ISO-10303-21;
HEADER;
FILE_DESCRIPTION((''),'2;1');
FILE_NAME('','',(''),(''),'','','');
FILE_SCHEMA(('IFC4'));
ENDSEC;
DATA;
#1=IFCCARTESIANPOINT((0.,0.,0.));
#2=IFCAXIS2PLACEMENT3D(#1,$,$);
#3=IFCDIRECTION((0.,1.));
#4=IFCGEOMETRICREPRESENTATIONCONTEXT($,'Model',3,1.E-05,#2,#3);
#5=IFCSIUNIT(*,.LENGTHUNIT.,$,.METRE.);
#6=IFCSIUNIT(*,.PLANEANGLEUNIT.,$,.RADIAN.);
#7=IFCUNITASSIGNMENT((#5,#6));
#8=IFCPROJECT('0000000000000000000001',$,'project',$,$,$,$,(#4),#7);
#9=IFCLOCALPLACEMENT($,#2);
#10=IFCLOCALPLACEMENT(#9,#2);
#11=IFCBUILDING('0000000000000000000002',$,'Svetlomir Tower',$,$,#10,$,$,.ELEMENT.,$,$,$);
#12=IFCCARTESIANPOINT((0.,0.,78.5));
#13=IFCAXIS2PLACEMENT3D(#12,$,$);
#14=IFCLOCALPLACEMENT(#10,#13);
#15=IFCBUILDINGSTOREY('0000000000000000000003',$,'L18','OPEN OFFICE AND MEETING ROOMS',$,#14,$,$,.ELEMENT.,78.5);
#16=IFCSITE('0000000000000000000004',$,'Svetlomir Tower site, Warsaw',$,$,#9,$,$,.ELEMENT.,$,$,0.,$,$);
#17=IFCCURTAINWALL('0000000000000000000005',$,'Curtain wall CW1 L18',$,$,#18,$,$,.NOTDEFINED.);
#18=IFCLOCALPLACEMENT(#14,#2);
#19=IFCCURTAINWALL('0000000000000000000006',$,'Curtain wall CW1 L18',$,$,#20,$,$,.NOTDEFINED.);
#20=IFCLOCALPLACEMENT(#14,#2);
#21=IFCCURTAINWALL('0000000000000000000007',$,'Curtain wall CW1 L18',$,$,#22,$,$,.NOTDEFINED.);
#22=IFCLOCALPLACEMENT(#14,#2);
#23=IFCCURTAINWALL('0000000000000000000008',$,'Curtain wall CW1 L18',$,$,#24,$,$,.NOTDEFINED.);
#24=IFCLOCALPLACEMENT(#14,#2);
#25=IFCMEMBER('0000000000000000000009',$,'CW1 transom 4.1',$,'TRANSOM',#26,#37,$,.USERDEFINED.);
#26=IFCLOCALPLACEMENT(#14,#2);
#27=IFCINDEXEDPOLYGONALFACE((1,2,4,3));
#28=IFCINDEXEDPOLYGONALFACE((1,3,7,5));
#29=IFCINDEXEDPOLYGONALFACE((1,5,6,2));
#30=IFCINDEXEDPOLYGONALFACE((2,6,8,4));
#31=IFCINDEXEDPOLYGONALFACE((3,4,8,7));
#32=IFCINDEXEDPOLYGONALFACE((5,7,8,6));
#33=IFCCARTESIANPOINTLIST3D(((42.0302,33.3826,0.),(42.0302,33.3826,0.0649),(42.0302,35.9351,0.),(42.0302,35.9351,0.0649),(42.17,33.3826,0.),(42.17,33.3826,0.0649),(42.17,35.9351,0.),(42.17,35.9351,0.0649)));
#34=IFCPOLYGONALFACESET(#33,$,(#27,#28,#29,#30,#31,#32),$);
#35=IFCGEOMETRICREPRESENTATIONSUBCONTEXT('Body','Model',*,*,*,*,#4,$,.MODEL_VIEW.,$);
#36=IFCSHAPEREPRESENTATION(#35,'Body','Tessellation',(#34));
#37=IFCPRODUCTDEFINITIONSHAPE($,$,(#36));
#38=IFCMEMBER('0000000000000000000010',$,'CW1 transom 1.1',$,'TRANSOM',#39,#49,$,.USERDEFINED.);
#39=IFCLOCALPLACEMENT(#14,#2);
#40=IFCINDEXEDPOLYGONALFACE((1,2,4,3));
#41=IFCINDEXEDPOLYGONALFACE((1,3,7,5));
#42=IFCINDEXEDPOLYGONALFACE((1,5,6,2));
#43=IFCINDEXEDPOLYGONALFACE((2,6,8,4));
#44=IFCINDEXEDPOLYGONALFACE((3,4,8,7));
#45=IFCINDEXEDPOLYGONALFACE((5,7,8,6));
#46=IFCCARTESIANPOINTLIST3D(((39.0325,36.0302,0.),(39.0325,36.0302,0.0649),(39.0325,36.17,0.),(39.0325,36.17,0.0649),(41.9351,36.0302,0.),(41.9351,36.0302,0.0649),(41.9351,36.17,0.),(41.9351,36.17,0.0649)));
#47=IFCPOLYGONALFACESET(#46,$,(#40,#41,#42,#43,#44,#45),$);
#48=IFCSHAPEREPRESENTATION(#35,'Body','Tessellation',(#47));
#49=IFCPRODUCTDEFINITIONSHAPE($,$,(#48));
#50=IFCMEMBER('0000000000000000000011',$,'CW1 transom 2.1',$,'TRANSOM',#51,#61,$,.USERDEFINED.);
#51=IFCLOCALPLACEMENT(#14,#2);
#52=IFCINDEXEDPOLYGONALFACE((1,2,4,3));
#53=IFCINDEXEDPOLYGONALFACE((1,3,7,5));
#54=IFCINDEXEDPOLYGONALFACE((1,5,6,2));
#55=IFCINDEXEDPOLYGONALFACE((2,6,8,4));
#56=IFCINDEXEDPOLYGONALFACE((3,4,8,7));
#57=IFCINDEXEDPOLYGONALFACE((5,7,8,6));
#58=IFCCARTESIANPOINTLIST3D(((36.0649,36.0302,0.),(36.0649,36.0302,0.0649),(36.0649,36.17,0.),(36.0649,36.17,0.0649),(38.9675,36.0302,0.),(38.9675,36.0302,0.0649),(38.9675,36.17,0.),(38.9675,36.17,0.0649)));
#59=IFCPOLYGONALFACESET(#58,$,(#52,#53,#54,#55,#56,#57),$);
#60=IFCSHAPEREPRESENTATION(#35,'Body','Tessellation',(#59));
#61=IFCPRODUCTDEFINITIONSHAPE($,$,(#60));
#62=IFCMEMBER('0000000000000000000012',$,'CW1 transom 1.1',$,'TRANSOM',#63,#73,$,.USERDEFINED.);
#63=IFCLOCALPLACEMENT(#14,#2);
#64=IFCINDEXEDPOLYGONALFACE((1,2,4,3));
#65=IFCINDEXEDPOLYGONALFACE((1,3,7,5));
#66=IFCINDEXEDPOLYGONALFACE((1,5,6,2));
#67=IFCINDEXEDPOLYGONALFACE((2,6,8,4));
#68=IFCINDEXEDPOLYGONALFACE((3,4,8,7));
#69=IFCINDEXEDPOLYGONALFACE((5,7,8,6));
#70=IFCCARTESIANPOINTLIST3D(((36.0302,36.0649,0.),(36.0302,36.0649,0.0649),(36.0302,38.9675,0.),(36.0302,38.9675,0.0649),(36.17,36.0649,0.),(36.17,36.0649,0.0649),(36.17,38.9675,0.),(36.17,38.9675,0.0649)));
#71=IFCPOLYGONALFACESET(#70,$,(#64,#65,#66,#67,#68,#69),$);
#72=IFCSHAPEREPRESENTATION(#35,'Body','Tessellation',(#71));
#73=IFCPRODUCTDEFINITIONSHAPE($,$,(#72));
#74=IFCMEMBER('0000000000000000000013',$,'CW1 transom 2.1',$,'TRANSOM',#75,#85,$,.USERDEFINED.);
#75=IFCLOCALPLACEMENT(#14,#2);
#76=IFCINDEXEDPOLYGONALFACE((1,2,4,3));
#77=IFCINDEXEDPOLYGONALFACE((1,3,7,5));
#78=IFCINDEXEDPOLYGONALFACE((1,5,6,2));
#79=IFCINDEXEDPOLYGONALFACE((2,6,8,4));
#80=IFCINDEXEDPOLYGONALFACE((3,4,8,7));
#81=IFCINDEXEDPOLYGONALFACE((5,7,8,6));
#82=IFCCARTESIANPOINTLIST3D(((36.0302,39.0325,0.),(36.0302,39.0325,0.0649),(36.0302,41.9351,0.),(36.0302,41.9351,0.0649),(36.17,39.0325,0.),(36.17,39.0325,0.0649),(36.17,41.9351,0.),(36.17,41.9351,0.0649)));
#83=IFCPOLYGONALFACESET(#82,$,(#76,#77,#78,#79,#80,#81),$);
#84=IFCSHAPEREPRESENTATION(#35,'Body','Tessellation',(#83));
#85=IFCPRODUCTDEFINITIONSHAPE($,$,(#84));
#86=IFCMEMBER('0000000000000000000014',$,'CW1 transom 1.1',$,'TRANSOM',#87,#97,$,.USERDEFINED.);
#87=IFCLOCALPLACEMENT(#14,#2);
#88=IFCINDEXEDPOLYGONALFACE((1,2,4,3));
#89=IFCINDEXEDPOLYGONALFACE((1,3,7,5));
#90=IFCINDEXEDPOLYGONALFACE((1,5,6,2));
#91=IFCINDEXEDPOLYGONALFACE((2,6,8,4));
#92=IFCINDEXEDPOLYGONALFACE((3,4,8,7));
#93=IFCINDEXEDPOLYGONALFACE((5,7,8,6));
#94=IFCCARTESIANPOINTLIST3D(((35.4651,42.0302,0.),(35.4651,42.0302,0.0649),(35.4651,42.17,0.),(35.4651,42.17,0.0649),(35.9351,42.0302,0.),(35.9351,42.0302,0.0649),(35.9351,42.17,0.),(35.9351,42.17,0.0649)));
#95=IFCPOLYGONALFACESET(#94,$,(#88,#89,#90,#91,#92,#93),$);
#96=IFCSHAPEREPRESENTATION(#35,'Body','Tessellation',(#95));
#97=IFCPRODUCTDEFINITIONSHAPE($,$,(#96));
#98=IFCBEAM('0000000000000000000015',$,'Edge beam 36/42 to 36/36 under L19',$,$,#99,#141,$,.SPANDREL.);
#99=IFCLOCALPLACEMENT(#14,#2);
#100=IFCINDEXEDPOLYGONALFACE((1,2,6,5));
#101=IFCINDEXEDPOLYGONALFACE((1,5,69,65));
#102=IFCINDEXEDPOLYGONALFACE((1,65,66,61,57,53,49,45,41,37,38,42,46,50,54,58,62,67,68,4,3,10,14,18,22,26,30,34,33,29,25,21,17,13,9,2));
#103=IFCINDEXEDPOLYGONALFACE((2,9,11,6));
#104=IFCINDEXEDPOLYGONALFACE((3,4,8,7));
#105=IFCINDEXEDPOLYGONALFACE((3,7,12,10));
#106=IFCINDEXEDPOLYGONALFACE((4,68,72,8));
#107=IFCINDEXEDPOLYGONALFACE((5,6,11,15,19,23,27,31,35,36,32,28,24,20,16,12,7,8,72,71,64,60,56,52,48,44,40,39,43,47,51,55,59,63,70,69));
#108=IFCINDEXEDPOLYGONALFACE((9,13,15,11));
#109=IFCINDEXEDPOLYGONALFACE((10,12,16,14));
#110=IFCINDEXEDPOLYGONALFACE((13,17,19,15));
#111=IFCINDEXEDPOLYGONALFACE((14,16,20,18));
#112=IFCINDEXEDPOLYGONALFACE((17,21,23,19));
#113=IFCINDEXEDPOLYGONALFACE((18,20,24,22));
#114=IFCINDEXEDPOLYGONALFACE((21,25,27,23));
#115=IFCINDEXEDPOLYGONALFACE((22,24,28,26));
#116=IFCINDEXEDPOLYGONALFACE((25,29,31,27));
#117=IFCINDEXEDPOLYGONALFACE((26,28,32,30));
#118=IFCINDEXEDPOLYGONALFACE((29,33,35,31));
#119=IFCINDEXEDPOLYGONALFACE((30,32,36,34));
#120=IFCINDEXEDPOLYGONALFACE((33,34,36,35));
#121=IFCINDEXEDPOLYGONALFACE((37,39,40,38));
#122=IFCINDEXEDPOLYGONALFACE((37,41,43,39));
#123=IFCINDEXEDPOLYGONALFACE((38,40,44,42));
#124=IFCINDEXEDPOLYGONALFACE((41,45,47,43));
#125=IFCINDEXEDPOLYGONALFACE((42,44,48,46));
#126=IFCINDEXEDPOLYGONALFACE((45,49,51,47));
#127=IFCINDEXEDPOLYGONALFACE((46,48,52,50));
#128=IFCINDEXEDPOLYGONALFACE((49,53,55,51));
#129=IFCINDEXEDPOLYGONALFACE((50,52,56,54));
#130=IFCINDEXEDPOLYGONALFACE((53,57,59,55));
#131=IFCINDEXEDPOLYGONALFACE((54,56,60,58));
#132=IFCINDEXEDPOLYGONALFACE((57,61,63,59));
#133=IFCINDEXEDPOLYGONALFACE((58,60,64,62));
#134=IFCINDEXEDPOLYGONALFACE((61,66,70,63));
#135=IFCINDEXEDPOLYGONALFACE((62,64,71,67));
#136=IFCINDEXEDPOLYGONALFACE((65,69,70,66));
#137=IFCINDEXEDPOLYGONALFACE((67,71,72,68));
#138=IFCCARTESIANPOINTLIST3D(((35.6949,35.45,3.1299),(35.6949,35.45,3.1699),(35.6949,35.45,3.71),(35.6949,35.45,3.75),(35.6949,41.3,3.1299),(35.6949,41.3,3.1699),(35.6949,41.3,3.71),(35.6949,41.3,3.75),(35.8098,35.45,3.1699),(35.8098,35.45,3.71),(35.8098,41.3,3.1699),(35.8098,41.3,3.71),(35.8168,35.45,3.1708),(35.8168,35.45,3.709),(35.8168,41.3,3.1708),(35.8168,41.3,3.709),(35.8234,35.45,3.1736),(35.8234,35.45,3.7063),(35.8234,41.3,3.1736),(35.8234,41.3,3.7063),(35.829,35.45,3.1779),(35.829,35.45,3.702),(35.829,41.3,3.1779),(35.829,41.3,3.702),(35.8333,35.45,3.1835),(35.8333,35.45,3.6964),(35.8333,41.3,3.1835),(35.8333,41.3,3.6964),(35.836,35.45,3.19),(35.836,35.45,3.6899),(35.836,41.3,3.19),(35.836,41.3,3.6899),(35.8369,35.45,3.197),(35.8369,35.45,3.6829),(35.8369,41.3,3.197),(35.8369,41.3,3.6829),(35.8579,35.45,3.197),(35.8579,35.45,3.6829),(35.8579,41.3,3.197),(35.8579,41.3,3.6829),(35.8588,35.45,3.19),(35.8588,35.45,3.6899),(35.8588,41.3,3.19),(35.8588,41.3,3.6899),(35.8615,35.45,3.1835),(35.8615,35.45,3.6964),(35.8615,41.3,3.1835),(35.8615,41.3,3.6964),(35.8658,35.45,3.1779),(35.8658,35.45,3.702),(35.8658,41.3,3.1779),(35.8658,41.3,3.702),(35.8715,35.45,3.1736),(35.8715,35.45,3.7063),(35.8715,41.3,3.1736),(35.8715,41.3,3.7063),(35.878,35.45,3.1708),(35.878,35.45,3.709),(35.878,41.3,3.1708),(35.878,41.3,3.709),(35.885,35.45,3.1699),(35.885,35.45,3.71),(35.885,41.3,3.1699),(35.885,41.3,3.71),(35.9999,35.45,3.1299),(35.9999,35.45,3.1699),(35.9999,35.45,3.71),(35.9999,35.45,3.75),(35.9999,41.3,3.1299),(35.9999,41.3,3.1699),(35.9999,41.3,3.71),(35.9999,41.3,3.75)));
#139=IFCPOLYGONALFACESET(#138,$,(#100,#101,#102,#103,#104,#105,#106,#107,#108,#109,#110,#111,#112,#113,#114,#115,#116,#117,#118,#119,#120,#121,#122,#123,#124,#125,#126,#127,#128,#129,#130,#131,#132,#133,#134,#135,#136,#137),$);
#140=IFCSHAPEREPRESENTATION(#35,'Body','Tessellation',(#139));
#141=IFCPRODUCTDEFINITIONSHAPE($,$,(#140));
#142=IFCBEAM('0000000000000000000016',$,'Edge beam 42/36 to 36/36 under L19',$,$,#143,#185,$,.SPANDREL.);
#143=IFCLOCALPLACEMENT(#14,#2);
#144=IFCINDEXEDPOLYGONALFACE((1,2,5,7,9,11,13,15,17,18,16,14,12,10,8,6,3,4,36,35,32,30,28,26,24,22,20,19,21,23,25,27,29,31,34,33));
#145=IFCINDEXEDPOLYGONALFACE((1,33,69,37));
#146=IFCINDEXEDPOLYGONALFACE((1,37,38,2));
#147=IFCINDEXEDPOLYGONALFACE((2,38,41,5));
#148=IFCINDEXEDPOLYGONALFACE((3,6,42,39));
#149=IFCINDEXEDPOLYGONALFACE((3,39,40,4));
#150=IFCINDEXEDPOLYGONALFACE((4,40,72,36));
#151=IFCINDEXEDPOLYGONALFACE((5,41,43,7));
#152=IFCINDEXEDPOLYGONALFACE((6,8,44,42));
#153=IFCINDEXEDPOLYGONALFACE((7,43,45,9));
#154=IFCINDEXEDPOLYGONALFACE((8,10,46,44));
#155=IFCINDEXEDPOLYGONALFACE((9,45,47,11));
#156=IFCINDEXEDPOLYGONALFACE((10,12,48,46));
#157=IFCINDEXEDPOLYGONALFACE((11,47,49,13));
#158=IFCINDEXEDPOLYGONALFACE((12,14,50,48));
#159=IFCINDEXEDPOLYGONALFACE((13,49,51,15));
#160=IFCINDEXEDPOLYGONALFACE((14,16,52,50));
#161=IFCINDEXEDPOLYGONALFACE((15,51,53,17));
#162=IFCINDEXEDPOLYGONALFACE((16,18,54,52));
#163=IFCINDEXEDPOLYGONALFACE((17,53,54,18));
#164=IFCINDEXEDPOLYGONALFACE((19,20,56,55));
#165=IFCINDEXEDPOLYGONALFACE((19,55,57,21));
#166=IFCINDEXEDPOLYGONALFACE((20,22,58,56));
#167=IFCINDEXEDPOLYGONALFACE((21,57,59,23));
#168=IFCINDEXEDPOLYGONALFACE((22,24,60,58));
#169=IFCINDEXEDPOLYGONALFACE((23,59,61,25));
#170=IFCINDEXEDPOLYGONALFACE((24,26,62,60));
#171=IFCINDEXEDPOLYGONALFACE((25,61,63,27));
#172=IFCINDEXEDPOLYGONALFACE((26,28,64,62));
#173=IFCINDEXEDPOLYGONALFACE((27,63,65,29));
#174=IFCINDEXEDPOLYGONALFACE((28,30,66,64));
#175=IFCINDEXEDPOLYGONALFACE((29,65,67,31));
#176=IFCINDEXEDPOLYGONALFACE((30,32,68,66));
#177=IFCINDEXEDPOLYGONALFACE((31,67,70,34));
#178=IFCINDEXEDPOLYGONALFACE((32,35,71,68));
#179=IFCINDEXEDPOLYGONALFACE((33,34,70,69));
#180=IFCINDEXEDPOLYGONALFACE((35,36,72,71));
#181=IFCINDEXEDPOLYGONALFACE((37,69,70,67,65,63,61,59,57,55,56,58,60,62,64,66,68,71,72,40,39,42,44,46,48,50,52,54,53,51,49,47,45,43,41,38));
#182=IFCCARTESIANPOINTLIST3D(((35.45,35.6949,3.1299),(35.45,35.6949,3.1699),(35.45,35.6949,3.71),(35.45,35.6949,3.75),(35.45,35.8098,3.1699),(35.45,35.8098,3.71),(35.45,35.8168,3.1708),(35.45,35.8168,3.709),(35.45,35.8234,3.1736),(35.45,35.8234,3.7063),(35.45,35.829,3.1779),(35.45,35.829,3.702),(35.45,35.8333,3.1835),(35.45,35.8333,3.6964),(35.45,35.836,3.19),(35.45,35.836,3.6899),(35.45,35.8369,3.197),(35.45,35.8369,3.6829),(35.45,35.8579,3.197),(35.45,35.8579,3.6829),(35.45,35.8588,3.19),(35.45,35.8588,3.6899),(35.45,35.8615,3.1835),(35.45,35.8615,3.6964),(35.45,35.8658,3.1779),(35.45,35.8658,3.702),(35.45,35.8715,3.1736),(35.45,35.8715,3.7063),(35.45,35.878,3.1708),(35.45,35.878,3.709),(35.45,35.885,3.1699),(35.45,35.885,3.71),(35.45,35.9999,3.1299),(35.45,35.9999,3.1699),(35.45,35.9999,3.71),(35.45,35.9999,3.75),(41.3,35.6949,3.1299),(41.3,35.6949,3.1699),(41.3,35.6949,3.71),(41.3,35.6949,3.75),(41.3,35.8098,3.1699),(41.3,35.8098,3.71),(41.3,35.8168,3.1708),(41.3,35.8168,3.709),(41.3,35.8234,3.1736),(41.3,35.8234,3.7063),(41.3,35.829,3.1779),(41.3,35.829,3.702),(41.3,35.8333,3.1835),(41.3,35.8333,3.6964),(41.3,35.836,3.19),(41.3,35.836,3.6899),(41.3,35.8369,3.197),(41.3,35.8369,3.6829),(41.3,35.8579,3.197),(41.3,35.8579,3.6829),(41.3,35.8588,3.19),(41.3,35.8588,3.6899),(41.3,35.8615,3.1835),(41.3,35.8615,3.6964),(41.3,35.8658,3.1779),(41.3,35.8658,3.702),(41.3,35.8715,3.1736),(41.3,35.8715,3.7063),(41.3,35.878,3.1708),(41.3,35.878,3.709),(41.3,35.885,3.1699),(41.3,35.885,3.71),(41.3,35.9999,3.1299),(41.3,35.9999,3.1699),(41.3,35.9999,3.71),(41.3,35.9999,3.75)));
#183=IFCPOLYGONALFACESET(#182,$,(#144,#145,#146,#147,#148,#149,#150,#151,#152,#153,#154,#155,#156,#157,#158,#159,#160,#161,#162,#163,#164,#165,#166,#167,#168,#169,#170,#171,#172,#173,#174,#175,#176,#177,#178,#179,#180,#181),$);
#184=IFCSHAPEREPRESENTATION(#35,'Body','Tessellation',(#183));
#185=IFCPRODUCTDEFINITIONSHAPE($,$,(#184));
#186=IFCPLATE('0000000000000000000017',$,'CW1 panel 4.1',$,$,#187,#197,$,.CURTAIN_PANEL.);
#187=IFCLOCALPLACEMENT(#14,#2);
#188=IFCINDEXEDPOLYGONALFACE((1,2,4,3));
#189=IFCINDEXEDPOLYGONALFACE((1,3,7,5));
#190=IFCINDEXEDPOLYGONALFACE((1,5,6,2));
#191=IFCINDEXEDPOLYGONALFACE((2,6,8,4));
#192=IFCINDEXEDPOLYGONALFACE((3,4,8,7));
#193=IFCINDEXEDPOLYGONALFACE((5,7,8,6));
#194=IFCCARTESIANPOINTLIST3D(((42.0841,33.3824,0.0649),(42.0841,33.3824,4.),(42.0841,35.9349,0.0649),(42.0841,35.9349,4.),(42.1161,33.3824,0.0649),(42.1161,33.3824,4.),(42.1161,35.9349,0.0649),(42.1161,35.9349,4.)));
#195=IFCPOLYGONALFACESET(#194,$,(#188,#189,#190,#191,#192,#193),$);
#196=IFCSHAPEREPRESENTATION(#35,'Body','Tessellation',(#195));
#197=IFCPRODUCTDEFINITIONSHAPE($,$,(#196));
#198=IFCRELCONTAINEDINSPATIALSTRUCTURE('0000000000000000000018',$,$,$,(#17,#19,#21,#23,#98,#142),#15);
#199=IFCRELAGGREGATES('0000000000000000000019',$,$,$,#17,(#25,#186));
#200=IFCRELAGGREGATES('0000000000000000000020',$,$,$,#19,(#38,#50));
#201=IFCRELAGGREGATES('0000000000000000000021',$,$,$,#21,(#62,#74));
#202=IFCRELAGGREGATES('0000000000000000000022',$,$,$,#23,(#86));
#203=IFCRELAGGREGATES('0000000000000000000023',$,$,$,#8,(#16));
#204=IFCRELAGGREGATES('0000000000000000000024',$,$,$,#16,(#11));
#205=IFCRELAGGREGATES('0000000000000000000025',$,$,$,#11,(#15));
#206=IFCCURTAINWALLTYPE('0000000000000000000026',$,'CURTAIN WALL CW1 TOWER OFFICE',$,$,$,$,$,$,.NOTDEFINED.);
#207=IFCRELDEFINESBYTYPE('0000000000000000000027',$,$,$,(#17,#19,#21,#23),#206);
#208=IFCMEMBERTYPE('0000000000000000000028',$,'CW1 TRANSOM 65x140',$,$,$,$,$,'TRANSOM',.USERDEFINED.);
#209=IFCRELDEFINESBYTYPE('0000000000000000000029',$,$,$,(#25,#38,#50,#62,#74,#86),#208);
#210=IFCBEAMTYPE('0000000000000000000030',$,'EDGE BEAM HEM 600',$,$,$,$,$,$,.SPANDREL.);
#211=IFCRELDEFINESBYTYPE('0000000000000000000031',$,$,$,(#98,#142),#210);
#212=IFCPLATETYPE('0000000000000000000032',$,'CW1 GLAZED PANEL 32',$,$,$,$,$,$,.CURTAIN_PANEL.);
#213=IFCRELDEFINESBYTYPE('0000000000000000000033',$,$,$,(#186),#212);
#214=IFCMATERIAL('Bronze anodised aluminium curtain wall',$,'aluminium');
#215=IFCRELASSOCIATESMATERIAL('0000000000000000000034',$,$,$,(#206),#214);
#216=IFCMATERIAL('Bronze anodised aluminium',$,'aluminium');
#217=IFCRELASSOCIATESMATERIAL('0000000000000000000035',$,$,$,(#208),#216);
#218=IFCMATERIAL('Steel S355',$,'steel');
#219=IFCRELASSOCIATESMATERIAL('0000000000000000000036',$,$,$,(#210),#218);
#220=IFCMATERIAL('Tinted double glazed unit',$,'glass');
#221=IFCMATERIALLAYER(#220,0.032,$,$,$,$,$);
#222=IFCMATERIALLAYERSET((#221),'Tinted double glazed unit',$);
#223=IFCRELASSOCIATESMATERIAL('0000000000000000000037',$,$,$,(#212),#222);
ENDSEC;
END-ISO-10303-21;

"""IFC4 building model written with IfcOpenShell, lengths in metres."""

from ifc_helpers import new_model, si_unit, direction, frame, origin, origin_2d, place, context, subcontext, project, spatial, rectangle, i_section, extrude, material, layer, layer_set, material_profile, profile_set, type_object, element, aggregate, save


model = new_model("IFC4")

# Units and contexts
model_context = context("Model", 3, precision=1e-05, world=origin(), true_north=direction((0.0, 1.0)))
body_context = subcontext(model_context, "Body", "Model", "MODEL_VIEW")
ifc_project = project(units=[si_unit("LENGTHUNIT", "METRE"), si_unit("PLANEANGLEUNIT", "RADIAN")], contexts=[model_context])

# Site, building, storey
site_placement = place(None, origin())
site = spatial("IfcSite", under=ifc_project, at=site_placement, Name="Svetlomir Tower site, Warsaw", CompositionType="ELEMENT", RefElevation=0.0)
building_placement = place(site_placement, origin())
building = spatial("IfcBuilding", under=site, at=building_placement, Name="Svetlomir Tower", CompositionType="ELEMENT")
storey_placement = place(building_placement, frame((0.0, 0.0, 78.5)))
storey = spatial("IfcBuildingStorey", under=building, at=storey_placement, Name="L18", Description="OPEN OFFICE AND MEETING ROOMS", CompositionType="ELEMENT", Elevation=78.5)

# Curtain walls
ifc_material_1 = material(Name="Bronze anodised aluminium curtain wall", Category="aluminium")
curtain_wall_type = type_object("IfcCurtainWallType", Name="CURTAIN WALL CW1 TOWER OFFICE", PredefinedType="NOTDEFINED", material=ifc_material_1)
curtain_wall_1_placement = place(storey_placement, origin())
curtain_wall_1 = element("IfcCurtainWall", 1, at=curtain_wall_1_placement, inside=storey, type_object=curtain_wall_type, Name="Curtain wall CW1 L18", PredefinedType="NOTDEFINED")
curtain_wall_2_placement = place(storey_placement, origin())
curtain_wall_2 = element("IfcCurtainWall", 2, at=curtain_wall_2_placement, inside=storey, type_object=curtain_wall_type, Name="Curtain wall CW1 L18", PredefinedType="NOTDEFINED")
curtain_wall_3_placement = place(storey_placement, origin())
curtain_wall_3 = element("IfcCurtainWall", 3, at=curtain_wall_3_placement, inside=storey, type_object=curtain_wall_type, Name="Curtain wall CW1 L18", PredefinedType="NOTDEFINED")
curtain_wall_4_placement = place(storey_placement, origin())
curtain_wall_4 = element("IfcCurtainWall", 4, at=curtain_wall_4_placement, inside=storey, type_object=curtain_wall_type, Name="Curtain wall CW1 L18", PredefinedType="NOTDEFINED")

# Members
ifc_material_2 = material(Name="Bronze anodised aluminium", Category="aluminium")
ifc_material_profile_1 = material_profile(ifc_material_2, rectangle(XDim=0.1399, YDim=0.0649, at=origin_2d()), Name="AL 140x65")
ifc_profile_set_1 = profile_set([ifc_material_profile_1], Name="Bronze anodised aluminium 6063-T6")
member_type_1 = type_object("IfcMemberType", Name="CW1 TRANSOM 65x140", ElementType="TRANSOM", PredefinedType="USERDEFINED", material=ifc_profile_set_1)
member_1_placement = place(storey_placement, frame((42.1001, 33.3826, 0.0325), z_axis=(0.0, 1.0, 0.0), x_axis=(-1.0, 0.0, 0.0)))
member_1 = element("IfcMember", 5, at=member_1_placement, type_object=member_type_1, Name="CW1 transom 4.1", ObjectType="TRANSOM", PredefinedType="USERDEFINED", context=body_context, shape_type="SweptSolid", body=[
    extrude(rectangle(XDim=0.1399, YDim=0.0649, at=origin_2d()), origin(), (0.0, 0.0, 1.0), 2.5525),
])
member_2_placement = place(storey_placement, frame((41.9351, 36.1001, 0.0325), z_axis=(-1.0, 0.0, 0.0), x_axis=(0.0, -1.0, 0.0)))
member_2 = element("IfcMember", 6, at=member_2_placement, type_object=member_type_1, Name="CW1 transom 1.1", ObjectType="TRANSOM", PredefinedType="USERDEFINED", context=body_context, shape_type="SweptSolid", body=[
    extrude(rectangle(XDim=0.1399, YDim=0.0649, at=origin_2d()), origin(), (0.0, 0.0, 1.0), 2.9026),
])
member_3_placement = place(storey_placement, frame((38.9675, 36.1001, 0.0325), z_axis=(-1.0, 0.0, 0.0), x_axis=(0.0, -1.0, 0.0)))
member_3 = element("IfcMember", 7, at=member_3_placement, type_object=member_type_1, Name="CW1 transom 2.1", ObjectType="TRANSOM", PredefinedType="USERDEFINED", context=body_context, shape_type="SweptSolid", body=[
    extrude(rectangle(XDim=0.1399, YDim=0.0649, at=origin_2d()), origin(), (0.0, 0.0, 1.0), 2.9026),
])
member_4_placement = place(storey_placement, frame((36.1001, 36.0649, 0.0325), z_axis=(0.0, 1.0, 0.0), x_axis=(-1.0, 0.0, 0.0)))
member_4 = element("IfcMember", 8, at=member_4_placement, type_object=member_type_1, Name="CW1 transom 1.1", ObjectType="TRANSOM", PredefinedType="USERDEFINED", context=body_context, shape_type="SweptSolid", body=[
    extrude(rectangle(XDim=0.1399, YDim=0.0649, at=origin_2d()), origin(), (0.0, 0.0, 1.0), 2.9026),
])
member_5_placement = place(storey_placement, frame((36.1001, 39.0325, 0.0325), z_axis=(0.0, 1.0, 0.0), x_axis=(-1.0, 0.0, 0.0)))
member_5 = element("IfcMember", 9, at=member_5_placement, type_object=member_type_1, Name="CW1 transom 2.1", ObjectType="TRANSOM", PredefinedType="USERDEFINED", context=body_context, shape_type="SweptSolid", body=[
    extrude(rectangle(XDim=0.1399, YDim=0.0649, at=origin_2d()), origin(), (0.0, 0.0, 1.0), 2.9026),
])
member_6_placement = place(storey_placement, frame((35.9351, 42.1001, 0.0325), z_axis=(-1.0, 0.0, 0.0), x_axis=(0.0, -1.0, 0.0)))
member_6 = element("IfcMember", 10, at=member_6_placement, type_object=member_type_1, Name="CW1 transom 1.1", ObjectType="TRANSOM", PredefinedType="USERDEFINED", context=body_context, shape_type="SweptSolid", body=[
    extrude(rectangle(XDim=0.1399, YDim=0.0649, at=origin_2d()), origin(), (0.0, 0.0, 1.0), 0.47),
])

# Beams
ifc_material_3 = material(Name="Steel S355", Category="steel")
ifc_material_profile_2 = material_profile(ifc_material_3, i_section(OverallWidth=0.3049, OverallDepth=0.6201, WebThickness=0.021, FlangeThickness=0.04, FilletRadius=0.0271, at=origin_2d()), Name="HEM 600")
ifc_profile_set_2 = profile_set([ifc_material_profile_2], Name="Steel S355")
beam_type_1 = type_object("IfcBeamType", Name="EDGE BEAM HEM 600", PredefinedType="SPANDREL", material=ifc_profile_set_2)
for number, where, z_axis, x_axis, name in (
    (11, (35.8474, 41.3, 3.4399), (0.0, -1.0, 0.0), (1.0, 0.0, 0.0), "Edge beam 36/42 to 36/36 under L19"),
    (12, (41.3, 35.8474, 3.4399), (-1.0, 0.0, 0.0), (0.0, -1.0, 0.0), "Edge beam 42/36 to 36/36 under L19"),
):
    element("IfcBeam", number, at=place(storey_placement, frame(where, z_axis=z_axis, x_axis=x_axis)), inside=storey, type_object=beam_type_1, Name=name, PredefinedType="SPANDREL", context=body_context, shape_type="SweptSolid", body=[
        extrude(i_section(OverallWidth=0.3049, OverallDepth=0.6201, WebThickness=0.021, FlangeThickness=0.04, FilletRadius=0.0271, at=origin_2d()), origin(), (0.0, 0.0, 1.0), 5.8501),
    ])

# Plate
ifc_material_4 = material(Name="Tinted double glazed unit", Category="glass")
ifc_layer_1 = layer(ifc_material_4, 0.032)
ifc_layer_set_1 = layer_set([ifc_layer_1], Name="Tinted double glazed unit")
plate_type = type_object("IfcPlateType", Name="CW1 GLAZED PANEL 32", PredefinedType="CURTAIN_PANEL", material=ifc_layer_set_1)
plate_1_placement = place(storey_placement, frame((42.1001, 34.6587, 0.0649), z_axis=(0.0, 0.0, 1.0), x_axis=(0.0, 1.0, 0.0)))
plate_1 = element("IfcPlate", 13, at=plate_1_placement, type_object=plate_type, Name="CW1 panel 4.1", PredefinedType="CURTAIN_PANEL", context=body_context, shape_type="SweptSolid", body=[
    extrude(rectangle(XDim=2.5525, YDim=0.032, at=origin_2d()), origin(), (0.0, 0.0, 1.0), 3.9351),
])
aggregate(curtain_wall_1, [member_1, plate_1])
aggregate(curtain_wall_2, [member_2, member_3])
aggregate(curtain_wall_3, [member_4, member_5])
aggregate(curtain_wall_4, [member_6])

save(model, "model.ifc")
